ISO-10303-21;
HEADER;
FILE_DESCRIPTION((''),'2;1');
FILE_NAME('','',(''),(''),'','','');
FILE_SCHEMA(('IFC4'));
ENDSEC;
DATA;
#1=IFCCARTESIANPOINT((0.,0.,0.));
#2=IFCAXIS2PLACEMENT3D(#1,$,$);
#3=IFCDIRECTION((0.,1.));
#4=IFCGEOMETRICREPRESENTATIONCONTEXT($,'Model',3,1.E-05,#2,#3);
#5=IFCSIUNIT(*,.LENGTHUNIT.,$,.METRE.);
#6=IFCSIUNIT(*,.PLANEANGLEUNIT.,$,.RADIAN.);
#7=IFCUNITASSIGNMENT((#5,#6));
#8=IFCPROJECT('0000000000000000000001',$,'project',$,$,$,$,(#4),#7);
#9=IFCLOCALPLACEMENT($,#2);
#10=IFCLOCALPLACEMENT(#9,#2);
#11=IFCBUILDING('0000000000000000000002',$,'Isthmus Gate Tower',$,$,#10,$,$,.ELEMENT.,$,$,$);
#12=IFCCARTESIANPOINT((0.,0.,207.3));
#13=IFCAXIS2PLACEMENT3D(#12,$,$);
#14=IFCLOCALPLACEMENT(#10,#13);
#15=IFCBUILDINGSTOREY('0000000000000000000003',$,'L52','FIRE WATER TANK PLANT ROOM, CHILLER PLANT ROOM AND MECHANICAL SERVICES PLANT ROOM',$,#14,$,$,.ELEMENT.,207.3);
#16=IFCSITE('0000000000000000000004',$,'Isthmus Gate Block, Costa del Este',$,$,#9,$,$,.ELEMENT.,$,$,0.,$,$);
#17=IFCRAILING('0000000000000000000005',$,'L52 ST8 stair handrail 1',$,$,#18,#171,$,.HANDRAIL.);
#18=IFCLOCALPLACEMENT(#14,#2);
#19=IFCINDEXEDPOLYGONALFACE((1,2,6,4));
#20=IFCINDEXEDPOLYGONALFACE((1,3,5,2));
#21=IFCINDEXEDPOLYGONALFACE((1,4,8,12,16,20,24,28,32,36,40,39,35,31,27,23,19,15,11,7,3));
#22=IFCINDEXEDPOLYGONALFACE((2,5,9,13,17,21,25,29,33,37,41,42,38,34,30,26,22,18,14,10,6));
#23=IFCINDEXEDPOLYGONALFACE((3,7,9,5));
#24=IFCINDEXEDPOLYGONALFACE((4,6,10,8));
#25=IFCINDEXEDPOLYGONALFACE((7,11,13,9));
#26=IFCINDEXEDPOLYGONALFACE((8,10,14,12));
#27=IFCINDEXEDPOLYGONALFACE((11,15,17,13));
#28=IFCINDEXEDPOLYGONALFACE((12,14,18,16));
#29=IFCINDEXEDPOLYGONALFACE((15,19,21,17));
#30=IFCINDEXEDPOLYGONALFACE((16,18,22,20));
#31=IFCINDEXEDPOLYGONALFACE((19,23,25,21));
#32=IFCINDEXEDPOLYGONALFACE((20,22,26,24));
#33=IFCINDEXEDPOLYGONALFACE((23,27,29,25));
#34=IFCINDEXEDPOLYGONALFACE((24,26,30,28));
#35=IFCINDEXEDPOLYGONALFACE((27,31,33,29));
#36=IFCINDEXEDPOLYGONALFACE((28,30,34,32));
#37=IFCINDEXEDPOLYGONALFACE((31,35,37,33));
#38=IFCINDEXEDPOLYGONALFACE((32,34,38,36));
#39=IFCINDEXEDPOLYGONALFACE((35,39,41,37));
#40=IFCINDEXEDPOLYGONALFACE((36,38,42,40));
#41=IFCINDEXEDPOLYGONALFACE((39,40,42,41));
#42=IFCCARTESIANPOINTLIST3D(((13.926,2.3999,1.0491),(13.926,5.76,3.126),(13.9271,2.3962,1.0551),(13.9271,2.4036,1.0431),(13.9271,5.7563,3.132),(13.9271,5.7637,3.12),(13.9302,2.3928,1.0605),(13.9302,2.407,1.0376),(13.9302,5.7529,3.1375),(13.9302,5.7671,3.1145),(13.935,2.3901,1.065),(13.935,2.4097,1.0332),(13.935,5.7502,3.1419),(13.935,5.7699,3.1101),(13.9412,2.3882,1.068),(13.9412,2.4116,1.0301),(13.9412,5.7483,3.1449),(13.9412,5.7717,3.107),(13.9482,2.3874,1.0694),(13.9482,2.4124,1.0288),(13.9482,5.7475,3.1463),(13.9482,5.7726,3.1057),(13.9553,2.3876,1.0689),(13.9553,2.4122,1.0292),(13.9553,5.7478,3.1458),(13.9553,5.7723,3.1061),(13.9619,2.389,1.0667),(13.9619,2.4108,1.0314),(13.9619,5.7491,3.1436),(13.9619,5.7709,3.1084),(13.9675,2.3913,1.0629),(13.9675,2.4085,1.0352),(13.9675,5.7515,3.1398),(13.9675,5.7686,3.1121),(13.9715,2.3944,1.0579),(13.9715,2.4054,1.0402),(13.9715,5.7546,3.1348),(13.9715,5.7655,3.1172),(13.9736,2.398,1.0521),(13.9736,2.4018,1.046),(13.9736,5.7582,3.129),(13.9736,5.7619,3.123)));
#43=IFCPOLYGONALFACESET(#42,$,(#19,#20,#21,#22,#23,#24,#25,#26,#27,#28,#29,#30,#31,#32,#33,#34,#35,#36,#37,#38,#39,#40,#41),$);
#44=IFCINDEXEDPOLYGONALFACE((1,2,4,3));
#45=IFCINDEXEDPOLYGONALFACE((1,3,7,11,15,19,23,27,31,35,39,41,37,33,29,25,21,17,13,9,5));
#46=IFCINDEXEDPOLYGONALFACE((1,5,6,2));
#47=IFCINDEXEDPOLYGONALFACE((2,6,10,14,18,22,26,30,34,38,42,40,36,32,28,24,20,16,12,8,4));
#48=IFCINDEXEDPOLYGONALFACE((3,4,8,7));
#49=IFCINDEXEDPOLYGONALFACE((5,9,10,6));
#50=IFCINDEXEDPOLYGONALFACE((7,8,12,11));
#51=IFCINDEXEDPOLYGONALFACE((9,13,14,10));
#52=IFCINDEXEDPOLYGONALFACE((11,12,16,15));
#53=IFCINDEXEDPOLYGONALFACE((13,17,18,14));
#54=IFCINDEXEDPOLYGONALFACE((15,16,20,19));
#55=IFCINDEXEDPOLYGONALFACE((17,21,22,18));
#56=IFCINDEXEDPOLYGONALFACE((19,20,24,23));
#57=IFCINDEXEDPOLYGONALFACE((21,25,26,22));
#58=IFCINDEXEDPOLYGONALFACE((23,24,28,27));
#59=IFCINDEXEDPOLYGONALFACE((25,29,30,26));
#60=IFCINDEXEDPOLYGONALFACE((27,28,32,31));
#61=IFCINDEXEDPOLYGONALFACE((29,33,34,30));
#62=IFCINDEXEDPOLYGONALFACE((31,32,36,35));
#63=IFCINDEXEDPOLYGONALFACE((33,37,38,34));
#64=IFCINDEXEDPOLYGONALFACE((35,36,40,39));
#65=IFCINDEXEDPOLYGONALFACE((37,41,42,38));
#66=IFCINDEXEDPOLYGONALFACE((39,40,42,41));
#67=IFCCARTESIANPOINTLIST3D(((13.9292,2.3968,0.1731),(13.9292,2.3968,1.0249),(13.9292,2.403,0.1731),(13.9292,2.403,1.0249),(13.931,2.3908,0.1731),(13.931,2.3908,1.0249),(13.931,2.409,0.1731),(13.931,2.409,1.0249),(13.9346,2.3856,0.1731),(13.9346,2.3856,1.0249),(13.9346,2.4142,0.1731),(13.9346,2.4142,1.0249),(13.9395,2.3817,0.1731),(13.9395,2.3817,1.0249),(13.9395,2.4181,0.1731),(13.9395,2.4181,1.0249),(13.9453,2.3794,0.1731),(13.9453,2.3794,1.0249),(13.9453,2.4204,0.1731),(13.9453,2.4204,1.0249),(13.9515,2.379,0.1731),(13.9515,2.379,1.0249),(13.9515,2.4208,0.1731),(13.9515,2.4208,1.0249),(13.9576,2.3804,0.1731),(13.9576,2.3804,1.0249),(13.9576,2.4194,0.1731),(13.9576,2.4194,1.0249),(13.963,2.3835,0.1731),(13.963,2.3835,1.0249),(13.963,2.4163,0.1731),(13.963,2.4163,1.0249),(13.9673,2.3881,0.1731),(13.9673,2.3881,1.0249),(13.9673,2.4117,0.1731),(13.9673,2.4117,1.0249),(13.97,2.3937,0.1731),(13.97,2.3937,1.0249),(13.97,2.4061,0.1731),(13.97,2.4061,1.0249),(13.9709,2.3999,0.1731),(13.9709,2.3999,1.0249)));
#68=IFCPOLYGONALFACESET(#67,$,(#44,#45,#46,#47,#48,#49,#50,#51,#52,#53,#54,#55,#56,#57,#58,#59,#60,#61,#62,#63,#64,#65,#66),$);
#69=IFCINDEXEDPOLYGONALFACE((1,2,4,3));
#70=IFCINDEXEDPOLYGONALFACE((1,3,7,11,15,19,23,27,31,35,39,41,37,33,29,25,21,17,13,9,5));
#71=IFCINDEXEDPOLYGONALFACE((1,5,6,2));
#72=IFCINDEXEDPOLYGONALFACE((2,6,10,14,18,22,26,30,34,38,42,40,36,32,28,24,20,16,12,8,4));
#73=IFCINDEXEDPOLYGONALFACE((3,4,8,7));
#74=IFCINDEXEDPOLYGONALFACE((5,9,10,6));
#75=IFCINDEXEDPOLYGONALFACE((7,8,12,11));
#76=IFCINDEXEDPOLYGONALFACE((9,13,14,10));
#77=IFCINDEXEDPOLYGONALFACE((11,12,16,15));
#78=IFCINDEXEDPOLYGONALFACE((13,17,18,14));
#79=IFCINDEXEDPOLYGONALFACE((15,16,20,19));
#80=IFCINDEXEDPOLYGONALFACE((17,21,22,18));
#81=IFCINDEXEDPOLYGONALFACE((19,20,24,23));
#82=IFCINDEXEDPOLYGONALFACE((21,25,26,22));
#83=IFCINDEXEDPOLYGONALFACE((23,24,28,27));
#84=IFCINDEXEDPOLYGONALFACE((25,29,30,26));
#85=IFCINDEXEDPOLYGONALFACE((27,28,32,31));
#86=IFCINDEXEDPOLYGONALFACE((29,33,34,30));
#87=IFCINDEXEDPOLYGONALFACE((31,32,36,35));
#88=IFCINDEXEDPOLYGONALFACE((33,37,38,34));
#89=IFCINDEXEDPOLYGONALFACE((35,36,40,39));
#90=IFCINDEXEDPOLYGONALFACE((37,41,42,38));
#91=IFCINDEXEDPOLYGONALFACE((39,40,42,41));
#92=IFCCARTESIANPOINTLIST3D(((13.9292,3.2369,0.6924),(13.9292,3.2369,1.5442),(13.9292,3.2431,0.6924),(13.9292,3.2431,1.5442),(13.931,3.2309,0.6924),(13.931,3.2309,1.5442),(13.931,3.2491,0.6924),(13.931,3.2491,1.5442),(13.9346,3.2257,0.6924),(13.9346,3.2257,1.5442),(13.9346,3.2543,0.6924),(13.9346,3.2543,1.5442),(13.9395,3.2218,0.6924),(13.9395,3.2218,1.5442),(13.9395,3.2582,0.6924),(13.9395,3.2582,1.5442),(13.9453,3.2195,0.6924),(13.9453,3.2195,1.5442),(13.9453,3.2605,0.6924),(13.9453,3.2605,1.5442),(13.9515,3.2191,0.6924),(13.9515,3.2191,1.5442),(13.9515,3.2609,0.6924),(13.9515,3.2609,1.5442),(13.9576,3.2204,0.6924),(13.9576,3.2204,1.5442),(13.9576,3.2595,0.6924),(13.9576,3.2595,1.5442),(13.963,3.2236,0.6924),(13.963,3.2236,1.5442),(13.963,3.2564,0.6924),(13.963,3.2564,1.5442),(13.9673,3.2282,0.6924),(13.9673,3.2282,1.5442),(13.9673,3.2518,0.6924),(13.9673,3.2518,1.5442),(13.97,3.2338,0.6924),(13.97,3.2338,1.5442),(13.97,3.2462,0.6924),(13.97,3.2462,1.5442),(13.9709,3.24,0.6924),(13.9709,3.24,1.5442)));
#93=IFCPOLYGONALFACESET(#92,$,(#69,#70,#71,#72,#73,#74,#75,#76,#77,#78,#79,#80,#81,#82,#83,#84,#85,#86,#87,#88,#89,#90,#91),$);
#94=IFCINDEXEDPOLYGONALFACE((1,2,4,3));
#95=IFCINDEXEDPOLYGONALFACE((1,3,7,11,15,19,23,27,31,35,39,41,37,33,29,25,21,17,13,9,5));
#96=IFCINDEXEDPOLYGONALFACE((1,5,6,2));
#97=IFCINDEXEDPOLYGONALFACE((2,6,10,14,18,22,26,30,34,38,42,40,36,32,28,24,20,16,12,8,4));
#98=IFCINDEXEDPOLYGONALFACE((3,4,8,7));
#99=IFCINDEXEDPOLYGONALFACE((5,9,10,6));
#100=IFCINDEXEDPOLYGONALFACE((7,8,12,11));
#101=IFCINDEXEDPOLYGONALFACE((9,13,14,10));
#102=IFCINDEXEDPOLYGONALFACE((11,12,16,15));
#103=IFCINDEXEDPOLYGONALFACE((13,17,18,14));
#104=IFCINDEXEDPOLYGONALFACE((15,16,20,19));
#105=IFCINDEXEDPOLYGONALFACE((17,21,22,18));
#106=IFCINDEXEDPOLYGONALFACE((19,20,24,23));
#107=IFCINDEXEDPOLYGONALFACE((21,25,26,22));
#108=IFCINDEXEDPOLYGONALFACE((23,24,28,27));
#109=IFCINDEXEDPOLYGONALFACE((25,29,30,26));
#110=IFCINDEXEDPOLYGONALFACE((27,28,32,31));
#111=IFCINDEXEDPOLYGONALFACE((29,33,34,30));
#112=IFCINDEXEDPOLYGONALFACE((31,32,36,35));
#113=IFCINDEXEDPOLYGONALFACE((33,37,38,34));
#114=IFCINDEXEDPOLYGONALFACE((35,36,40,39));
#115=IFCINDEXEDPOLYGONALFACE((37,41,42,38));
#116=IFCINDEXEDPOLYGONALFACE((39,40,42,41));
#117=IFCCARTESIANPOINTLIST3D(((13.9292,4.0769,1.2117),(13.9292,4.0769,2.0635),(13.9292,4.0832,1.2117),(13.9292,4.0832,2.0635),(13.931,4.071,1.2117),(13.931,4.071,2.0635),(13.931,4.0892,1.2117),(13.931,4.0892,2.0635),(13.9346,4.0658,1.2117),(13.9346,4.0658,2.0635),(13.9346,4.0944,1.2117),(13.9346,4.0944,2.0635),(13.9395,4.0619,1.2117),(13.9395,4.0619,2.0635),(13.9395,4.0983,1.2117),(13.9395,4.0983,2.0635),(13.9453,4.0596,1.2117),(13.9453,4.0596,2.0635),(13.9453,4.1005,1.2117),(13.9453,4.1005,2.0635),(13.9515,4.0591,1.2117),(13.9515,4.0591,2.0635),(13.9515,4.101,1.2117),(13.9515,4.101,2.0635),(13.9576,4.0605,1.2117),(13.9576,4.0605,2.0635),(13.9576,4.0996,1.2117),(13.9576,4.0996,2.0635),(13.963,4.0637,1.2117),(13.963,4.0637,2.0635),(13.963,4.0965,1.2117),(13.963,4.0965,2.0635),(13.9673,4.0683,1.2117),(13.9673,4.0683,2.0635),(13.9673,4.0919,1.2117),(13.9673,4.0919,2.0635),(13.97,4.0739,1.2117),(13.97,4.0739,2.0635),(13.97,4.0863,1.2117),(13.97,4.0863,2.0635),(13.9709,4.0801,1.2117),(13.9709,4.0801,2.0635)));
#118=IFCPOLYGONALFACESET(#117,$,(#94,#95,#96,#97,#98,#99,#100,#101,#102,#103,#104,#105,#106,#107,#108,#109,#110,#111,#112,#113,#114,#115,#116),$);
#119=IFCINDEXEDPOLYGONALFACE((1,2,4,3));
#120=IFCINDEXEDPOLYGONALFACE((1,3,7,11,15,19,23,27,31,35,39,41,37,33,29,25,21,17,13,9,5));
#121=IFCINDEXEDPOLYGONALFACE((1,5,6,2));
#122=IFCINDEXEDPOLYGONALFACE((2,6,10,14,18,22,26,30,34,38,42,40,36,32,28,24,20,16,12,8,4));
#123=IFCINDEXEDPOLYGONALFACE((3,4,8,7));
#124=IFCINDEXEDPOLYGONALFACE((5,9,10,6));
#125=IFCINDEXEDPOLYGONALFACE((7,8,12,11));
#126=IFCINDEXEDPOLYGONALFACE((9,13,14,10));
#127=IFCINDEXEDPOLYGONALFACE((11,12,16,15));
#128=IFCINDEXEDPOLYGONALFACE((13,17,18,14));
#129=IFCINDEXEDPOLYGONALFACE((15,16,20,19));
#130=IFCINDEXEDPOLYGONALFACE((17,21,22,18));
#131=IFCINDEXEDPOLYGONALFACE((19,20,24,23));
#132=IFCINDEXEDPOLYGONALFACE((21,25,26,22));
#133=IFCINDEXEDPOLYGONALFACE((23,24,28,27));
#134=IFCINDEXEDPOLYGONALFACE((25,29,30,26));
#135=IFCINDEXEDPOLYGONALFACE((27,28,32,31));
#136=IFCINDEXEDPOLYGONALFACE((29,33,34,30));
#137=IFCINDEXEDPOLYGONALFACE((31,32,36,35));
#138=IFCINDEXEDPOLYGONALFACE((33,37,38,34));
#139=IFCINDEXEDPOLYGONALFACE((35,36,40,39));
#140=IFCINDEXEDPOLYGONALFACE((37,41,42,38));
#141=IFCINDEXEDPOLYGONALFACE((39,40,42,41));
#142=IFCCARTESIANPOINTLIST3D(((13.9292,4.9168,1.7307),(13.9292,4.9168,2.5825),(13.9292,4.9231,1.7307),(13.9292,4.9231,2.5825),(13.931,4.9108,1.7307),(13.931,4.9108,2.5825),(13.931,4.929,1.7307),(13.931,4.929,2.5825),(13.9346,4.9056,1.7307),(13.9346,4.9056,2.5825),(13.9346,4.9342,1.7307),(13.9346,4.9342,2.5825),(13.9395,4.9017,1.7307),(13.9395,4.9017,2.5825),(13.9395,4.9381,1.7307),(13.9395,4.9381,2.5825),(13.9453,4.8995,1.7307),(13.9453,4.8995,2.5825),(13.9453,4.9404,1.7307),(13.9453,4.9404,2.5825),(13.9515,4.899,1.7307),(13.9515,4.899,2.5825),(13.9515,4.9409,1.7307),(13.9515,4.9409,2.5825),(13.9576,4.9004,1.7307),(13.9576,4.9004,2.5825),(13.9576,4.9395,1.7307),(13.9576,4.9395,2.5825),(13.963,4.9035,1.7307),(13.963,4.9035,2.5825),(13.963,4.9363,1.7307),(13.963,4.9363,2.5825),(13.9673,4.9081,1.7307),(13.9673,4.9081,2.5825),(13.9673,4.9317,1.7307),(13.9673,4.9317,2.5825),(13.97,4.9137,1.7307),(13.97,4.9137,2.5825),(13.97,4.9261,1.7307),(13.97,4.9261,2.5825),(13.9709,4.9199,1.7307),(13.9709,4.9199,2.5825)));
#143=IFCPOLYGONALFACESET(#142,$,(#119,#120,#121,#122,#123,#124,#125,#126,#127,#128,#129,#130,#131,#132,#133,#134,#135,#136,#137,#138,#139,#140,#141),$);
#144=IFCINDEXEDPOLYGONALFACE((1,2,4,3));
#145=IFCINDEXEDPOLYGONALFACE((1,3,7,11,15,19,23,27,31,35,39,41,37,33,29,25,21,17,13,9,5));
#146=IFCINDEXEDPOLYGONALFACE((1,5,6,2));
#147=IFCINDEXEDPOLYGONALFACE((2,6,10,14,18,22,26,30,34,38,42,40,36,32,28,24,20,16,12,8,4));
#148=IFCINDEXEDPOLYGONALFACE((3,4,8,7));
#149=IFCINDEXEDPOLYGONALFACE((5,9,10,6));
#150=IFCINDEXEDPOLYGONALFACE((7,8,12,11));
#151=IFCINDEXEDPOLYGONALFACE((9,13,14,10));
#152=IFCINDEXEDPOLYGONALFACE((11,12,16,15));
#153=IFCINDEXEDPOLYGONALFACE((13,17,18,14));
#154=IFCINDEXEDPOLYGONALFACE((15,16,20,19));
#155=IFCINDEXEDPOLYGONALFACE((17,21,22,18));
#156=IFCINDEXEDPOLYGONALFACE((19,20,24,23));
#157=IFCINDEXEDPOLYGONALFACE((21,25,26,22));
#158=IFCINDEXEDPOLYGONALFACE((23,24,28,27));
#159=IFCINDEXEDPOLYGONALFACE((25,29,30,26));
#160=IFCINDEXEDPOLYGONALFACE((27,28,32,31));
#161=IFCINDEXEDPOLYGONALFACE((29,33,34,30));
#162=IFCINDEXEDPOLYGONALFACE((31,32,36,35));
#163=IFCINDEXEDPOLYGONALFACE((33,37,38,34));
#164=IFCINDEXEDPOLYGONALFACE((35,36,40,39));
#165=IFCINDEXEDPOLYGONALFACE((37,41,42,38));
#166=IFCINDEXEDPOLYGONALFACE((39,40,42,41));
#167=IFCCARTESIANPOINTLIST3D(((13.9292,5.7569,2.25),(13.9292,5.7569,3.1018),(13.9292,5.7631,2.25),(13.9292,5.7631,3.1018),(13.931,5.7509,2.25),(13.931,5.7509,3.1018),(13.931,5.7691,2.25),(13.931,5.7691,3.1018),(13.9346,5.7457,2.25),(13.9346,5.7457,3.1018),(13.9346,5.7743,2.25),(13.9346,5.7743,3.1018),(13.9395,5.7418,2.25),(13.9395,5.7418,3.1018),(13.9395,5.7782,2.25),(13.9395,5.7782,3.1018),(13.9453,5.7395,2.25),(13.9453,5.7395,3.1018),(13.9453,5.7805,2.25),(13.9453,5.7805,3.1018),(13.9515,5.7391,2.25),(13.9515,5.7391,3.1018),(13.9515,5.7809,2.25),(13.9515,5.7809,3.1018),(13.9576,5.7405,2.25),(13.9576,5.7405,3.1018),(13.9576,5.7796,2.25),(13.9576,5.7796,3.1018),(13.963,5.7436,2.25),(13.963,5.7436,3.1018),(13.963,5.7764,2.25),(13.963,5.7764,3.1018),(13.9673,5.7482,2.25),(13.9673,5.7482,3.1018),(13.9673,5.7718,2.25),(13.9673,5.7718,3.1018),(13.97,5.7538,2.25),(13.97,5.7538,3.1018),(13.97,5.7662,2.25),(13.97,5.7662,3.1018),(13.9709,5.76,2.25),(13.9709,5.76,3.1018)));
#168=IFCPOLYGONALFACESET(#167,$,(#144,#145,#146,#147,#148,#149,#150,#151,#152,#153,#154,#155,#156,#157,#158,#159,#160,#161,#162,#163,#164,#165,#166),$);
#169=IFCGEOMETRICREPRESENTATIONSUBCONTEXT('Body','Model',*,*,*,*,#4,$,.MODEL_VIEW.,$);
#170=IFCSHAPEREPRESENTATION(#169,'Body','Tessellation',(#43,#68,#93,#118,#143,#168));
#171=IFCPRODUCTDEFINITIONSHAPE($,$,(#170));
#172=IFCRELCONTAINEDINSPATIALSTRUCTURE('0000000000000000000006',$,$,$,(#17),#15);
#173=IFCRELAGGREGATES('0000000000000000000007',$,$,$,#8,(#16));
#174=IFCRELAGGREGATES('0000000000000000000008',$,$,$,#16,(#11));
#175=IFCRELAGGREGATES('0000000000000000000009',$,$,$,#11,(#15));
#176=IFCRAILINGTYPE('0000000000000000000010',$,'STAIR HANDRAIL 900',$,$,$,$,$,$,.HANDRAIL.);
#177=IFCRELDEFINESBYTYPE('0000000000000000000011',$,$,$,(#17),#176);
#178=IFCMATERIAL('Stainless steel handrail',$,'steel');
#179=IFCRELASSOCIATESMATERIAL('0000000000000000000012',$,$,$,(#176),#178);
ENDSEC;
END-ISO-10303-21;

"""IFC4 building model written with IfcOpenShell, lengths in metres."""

from ifc_helpers import new_model, si_unit, direction, frame, origin, origin_2d, place, context, subcontext, project, spatial, circle, extrude, material, type_object, element, save


model = new_model("IFC4")

# Units and contexts
model_context = context("Model", 3, precision=1e-05, world=origin(), true_north=direction((0.0, 1.0)))
body_context = subcontext(model_context, "Body", "Model", "MODEL_VIEW")
ifc_project = project(units=[si_unit("LENGTHUNIT", "METRE"), si_unit("PLANEANGLEUNIT", "RADIAN")], contexts=[model_context])

# Site, building, storey
site_placement = place(None, origin())
site = spatial("IfcSite", under=ifc_project, at=site_placement, Name="Isthmus Gate Block, Costa del Este", CompositionType="ELEMENT", RefElevation=0.0)
building_placement = place(site_placement, origin())
building = spatial("IfcBuilding", under=site, at=building_placement, Name="Isthmus Gate Tower", CompositionType="ELEMENT")
storey_placement = place(building_placement, frame((0.0, 0.0, 207.3)))
storey = spatial("IfcBuildingStorey", under=building, at=storey_placement, Name="L52", Description="FIRE WATER TANK PLANT ROOM, CHILLER PLANT ROOM AND MECHANICAL SERVICES PLANT ROOM", CompositionType="ELEMENT", Elevation=207.3)

# Railing
ifc_material_1 = material(Name="Stainless steel handrail", Category="steel")
railing_type_1 = type_object("IfcRailingType", Name="STAIR HANDRAIL 900", PredefinedType="HANDRAIL", material=ifc_material_1)
for number, where, name in (
    (1, (13.95, 2.3999, 0.1731), "L52 ST8 stair handrail 1"),
):
    element("IfcRailing", number, at=place(storey_placement, frame(where)), inside=storey, type_object=railing_type_1, Name=name, PredefinedType="HANDRAIL", context=body_context, shape_type="SweptSolid", body=[
        extrude(circle(Radius=0.0239, at=origin_2d()), frame((0.0, 0.0, 0.876), z_axis=(0.0, 0.850623, 0.525776), x_axis=(-1.0, 0.0, 0.0)), (0.0, 0.0, 1.0), 3.9502),
        extrude(circle(Radius=0.021, at=origin_2d()), origin(), (0.0, 0.0, 1.0), 0.8518),
        extrude(circle(Radius=0.021, at=origin_2d()), frame((0.0, 0.8401, 0.5193)), (0.0, 0.0, 1.0), 0.8518),
        extrude(circle(Radius=0.021, at=origin_2d()), frame((0.0, 1.6802, 1.0386)), (0.0, 0.0, 1.0), 0.8518),
        extrude(circle(Radius=0.021, at=origin_2d()), frame((0.0, 2.52, 1.5576)), (0.0, 0.0, 1.0), 0.8518),
        extrude(circle(Radius=0.021, at=origin_2d()), frame((0.0, 3.3601, 2.0769)), (0.0, 0.0, 1.0), 0.8518),
    ])

save(model, "model.ifc")
